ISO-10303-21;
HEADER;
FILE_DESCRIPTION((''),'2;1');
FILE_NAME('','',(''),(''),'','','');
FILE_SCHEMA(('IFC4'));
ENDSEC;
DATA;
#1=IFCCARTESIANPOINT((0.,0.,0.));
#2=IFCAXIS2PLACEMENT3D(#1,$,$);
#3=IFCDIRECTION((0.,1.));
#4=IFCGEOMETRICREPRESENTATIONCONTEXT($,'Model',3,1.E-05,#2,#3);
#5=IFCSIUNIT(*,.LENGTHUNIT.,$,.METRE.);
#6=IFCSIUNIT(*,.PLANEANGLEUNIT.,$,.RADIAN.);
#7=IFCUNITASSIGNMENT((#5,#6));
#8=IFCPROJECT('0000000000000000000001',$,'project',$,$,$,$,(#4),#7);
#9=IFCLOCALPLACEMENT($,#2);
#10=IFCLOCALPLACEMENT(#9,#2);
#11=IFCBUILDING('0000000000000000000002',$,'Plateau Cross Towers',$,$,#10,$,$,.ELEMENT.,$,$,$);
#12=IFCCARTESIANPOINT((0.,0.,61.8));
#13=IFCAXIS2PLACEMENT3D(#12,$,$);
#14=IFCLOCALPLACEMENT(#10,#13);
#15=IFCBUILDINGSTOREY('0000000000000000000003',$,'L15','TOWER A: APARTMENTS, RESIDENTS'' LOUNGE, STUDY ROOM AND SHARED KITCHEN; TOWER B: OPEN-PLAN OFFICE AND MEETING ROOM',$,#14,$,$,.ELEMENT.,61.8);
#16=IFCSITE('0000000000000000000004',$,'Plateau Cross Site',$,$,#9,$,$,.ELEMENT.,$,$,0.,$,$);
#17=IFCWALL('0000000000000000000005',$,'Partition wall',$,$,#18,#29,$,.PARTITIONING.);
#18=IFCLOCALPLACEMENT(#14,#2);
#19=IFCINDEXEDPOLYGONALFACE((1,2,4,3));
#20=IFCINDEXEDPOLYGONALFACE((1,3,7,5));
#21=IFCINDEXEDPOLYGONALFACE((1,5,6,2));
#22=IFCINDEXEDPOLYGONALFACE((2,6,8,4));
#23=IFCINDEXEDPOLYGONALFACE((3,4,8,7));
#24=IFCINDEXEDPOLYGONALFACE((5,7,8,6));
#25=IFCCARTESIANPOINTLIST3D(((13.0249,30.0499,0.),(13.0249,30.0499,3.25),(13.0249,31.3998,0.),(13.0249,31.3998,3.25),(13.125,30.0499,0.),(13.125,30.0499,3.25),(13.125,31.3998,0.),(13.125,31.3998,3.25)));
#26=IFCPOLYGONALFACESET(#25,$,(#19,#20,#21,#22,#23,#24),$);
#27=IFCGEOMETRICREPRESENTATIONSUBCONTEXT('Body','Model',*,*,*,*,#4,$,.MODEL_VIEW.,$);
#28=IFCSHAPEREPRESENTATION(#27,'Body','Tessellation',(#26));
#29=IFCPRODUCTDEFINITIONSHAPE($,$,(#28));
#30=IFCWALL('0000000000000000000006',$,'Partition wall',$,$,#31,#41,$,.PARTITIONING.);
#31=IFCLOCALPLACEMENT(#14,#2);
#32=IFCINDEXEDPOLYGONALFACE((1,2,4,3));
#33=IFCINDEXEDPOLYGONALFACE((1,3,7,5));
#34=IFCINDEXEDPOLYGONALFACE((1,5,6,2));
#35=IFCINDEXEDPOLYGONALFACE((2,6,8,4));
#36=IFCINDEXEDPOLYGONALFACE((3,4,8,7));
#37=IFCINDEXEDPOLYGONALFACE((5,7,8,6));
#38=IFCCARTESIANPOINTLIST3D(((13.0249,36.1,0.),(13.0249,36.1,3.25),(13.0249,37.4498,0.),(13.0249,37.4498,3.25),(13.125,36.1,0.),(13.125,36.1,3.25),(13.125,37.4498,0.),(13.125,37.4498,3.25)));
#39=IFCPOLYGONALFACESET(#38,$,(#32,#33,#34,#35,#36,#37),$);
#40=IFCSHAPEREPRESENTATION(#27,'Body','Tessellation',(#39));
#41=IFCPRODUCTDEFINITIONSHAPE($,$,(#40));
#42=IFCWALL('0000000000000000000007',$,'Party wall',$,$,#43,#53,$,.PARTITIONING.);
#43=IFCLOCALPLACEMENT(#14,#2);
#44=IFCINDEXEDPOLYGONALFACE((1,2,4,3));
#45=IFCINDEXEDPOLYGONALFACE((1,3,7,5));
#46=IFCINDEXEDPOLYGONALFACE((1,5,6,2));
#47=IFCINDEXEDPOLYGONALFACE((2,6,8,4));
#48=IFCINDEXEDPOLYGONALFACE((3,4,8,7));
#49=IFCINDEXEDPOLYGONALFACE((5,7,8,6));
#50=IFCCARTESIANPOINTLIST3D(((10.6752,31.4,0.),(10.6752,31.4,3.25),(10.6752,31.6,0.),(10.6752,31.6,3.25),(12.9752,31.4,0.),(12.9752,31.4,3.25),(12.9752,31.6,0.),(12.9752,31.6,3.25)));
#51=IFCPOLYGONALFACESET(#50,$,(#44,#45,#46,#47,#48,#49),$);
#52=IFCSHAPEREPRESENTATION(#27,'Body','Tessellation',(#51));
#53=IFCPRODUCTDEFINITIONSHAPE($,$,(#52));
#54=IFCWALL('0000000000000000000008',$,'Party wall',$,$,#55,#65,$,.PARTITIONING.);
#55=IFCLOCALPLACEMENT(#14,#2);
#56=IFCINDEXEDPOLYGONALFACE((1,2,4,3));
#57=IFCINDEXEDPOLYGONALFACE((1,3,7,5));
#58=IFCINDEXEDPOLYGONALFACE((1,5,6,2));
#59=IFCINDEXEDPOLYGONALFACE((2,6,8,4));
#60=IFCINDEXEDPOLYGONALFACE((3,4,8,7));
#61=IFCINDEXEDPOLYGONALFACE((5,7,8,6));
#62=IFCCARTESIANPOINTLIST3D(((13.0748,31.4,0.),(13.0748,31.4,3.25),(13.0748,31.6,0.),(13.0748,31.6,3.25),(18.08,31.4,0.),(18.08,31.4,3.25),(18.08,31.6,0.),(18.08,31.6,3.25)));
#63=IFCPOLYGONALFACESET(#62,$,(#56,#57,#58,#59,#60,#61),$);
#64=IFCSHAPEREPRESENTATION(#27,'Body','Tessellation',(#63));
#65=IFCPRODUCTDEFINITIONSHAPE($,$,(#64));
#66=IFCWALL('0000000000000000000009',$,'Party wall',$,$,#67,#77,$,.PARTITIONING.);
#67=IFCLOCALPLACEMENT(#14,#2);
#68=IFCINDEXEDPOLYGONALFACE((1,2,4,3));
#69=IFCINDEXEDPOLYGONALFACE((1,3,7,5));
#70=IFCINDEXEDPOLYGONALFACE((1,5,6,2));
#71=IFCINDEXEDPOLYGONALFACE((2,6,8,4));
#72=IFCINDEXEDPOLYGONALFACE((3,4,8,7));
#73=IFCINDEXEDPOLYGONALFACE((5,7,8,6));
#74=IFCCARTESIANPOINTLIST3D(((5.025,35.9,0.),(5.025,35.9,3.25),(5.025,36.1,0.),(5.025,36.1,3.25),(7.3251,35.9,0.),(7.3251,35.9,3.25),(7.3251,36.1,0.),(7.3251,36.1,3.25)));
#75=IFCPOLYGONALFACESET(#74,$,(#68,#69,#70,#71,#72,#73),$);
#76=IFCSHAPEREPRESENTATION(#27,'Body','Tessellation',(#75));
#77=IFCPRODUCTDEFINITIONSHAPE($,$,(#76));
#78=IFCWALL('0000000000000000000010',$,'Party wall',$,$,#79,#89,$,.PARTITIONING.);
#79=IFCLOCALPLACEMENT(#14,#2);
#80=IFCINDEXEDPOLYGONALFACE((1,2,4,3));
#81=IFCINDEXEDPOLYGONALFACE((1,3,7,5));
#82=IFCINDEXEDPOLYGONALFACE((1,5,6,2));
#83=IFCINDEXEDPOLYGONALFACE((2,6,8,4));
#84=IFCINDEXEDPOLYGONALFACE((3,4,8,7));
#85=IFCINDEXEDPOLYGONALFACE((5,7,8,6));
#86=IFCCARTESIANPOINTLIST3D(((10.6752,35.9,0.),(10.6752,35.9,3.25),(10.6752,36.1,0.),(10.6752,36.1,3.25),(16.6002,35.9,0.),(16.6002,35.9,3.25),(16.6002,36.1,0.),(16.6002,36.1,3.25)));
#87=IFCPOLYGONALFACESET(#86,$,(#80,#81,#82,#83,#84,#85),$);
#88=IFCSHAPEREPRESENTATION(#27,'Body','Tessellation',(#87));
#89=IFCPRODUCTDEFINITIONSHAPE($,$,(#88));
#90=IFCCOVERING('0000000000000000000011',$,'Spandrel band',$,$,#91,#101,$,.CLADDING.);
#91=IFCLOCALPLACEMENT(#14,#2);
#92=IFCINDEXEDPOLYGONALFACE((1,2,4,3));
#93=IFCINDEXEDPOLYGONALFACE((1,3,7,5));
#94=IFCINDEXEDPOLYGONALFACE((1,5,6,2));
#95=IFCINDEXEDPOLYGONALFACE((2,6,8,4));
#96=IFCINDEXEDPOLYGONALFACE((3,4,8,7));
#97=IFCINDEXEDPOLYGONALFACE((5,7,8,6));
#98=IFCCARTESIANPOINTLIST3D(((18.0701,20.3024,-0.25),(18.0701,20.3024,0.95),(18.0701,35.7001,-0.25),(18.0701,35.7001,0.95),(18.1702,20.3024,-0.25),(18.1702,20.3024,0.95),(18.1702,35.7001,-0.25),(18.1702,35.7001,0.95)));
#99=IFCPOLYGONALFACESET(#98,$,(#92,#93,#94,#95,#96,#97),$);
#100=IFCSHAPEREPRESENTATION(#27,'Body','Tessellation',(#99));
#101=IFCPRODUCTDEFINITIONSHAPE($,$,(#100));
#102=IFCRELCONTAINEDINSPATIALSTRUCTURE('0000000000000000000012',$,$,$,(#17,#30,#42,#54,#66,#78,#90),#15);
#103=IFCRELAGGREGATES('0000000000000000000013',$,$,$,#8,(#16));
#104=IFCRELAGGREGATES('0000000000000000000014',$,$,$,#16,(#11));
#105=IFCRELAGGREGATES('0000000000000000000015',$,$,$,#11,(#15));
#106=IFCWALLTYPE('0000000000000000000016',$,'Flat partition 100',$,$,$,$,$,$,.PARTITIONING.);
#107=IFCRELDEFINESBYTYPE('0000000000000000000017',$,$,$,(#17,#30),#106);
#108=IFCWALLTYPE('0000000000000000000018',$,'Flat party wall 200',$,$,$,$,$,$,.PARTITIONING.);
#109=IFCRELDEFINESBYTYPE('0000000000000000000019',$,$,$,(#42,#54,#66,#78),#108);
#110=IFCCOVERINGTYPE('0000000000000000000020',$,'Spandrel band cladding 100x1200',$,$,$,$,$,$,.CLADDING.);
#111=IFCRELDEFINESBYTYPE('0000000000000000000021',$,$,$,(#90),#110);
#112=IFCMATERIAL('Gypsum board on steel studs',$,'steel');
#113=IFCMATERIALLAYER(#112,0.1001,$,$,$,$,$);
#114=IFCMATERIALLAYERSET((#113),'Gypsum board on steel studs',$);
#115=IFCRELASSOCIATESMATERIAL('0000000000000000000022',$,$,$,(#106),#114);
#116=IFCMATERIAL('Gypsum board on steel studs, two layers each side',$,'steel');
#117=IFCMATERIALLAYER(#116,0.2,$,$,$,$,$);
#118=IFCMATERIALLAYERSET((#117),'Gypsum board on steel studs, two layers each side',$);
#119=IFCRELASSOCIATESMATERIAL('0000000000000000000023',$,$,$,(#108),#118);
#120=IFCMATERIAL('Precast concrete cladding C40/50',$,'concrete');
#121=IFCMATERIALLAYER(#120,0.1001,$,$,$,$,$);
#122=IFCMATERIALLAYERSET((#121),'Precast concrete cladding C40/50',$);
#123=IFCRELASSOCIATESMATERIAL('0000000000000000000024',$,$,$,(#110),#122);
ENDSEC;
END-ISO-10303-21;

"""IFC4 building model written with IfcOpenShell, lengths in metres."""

from ifc_helpers import new_model, si_unit, direction, frame, frame_2d, origin, origin_2d, place, context, subcontext, project, spatial, rectangle, extrude, material, layer, layer_set, type_object, element, save


model = new_model("IFC4")

# Units and contexts
model_context = context("Model", 3, precision=1e-05, world=origin(), true_north=direction((0.0, 1.0)))
body_context = subcontext(model_context, "Body", "Model", "MODEL_VIEW")
ifc_project = project(units=[si_unit("LENGTHUNIT", "METRE"), si_unit("PLANEANGLEUNIT", "RADIAN")], contexts=[model_context])

# Site, building, storey
site_placement = place(None, origin())
site = spatial("IfcSite", under=ifc_project, at=site_placement, Name="Plateau Cross Site", CompositionType="ELEMENT", RefElevation=0.0)
building_placement = place(site_placement, origin())
building = spatial("IfcBuilding", under=site, at=building_placement, Name="Plateau Cross Towers", CompositionType="ELEMENT")
storey_placement = place(building_placement, frame((0.0, 0.0, 61.8)))
storey = spatial("IfcBuildingStorey", under=building, at=storey_placement, Name="L15", Description="TOWER A: APARTMENTS, RESIDENTS' LOUNGE, STUDY ROOM AND SHARED KITCHEN; TOWER B: OPEN-PLAN OFFICE AND MEETING ROOM", CompositionType="ELEMENT", Elevation=61.8)

# Shared definitions
ifc_material_1 = material(Name="Gypsum board on steel studs", Category="steel")
ifc_layer_1 = layer(ifc_material_1, 0.1001)
ifc_layer_set_1 = layer_set([ifc_layer_1], Name="Gypsum board on steel studs")
wall_type_1 = type_object("IfcWallType", Name="Flat partition 100", PredefinedType="PARTITIONING", material=ifc_layer_set_1)

# Walls
for number, where, z_axis, x_axis, name in (
    (1, (13.075, 30.05, 0.0), (0.0, 0.0, 1.0), (0.0, 1.0, 0.0), "Partition wall"),
    (2, (13.075, 36.1001, 0.0), (0.0, 0.0, 1.0), (0.0, 1.0, 0.0), "Partition wall"),
):
    element("IfcWall", number, at=place(storey_placement, frame(where, z_axis=z_axis, x_axis=x_axis)), inside=storey, type_object=wall_type_1, Name=name, PredefinedType="PARTITIONING", context=body_context, shape_type="SweptSolid", body=[
        extrude(rectangle(XDim=1.3499, YDim=0.1001, at=frame_2d((0.6748, 0.0))), origin(), (0.0, 0.0, 1.0), 3.25),
    ])
ifc_material_2 = material(Name="Gypsum board on steel studs, two layers each side", Category="steel")
ifc_layer_2 = layer(ifc_material_2, 0.2)
ifc_layer_set_2 = layer_set([ifc_layer_2], Name="Gypsum board on steel studs, two layers each side")
wall_type_2 = type_object("IfcWallType", Name="Flat party wall 200", PredefinedType="PARTITIONING", material=ifc_layer_set_2)
wall_1_placement = place(storey_placement, frame((12.9751, 31.5, 0.0), z_axis=(0.0, 0.0, 1.0), x_axis=(-1.0, 0.0, 0.0)))
element("IfcWall", 3, at=wall_1_placement, inside=storey, type_object=wall_type_2, Name="Party wall", PredefinedType="PARTITIONING", context=body_context, shape_type="SweptSolid", body=[
    extrude(rectangle(XDim=2.3, YDim=0.2, at=frame_2d((1.1499, 0.0))), origin(), (0.0, 0.0, 1.0), 3.25),
])
wall_2_placement = place(storey_placement, frame((13.075, 31.5, 0.0), z_axis=(0.0, 0.0, 1.0), x_axis=(1.0, 0.0, 0.0)))
element("IfcWall", 4, at=wall_2_placement, inside=storey, type_object=wall_type_2, Name="Party wall", PredefinedType="PARTITIONING", context=body_context, shape_type="SweptSolid", body=[
    extrude(rectangle(XDim=5.0051, YDim=0.2, at=frame_2d((2.5024, 0.0))), origin(), (0.0, 0.0, 1.0), 3.25),
])
wall_3_placement = place(storey_placement, frame((7.325, 36.0, 0.0), z_axis=(0.0, 0.0, 1.0), x_axis=(-1.0, 0.0, 0.0)))
element("IfcWall", 5, at=wall_3_placement, inside=storey, type_object=wall_type_2, Name="Party wall", PredefinedType="PARTITIONING", context=body_context, shape_type="SweptSolid", body=[
    extrude(rectangle(XDim=2.3, YDim=0.2, at=frame_2d((1.1499, 0.0))), origin(), (0.0, 0.0, 1.0), 3.25),
])
wall_4_placement = place(storey_placement, frame((16.6001, 36.0, 0.0), z_axis=(0.0, 0.0, 1.0), x_axis=(-1.0, 0.0, 0.0)))
element("IfcWall", 6, at=wall_4_placement, inside=storey, type_object=wall_type_2, Name="Party wall", PredefinedType="PARTITIONING", context=body_context, shape_type="SweptSolid", body=[
    extrude(rectangle(XDim=5.925, YDim=0.2, at=frame_2d((2.9624, 0.0))), origin(), (0.0, 0.0, 1.0), 3.25),
])

# Covering
ifc_material_3 = material(Name="Precast concrete cladding C40/50", Category="concrete")
ifc_layer_3 = layer(ifc_material_3, 0.1001)
ifc_layer_set_3 = layer_set([ifc_layer_3], Name="Precast concrete cladding C40/50")
covering_type = type_object("IfcCoveringType", Name="Spandrel band cladding 100x1200", PredefinedType="CLADDING", material=ifc_layer_set_3)
covering_placement = place(storey_placement, frame((18.1201, 28.0012, -0.25), z_axis=(0.0, 0.0, 1.0), x_axis=(0.0, 1.0, 0.0)))
element("IfcCovering", 7, at=covering_placement, inside=storey, type_object=covering_type, Name="Spandrel band", PredefinedType="CLADDING", context=body_context, shape_type="SweptSolid", body=[
    extrude(rectangle(XDim=15.3977, YDim=0.1001, at=origin_2d()), origin(), (0.0, 0.0, 1.0), 1.2),
])

save(model, "model.ifc")
